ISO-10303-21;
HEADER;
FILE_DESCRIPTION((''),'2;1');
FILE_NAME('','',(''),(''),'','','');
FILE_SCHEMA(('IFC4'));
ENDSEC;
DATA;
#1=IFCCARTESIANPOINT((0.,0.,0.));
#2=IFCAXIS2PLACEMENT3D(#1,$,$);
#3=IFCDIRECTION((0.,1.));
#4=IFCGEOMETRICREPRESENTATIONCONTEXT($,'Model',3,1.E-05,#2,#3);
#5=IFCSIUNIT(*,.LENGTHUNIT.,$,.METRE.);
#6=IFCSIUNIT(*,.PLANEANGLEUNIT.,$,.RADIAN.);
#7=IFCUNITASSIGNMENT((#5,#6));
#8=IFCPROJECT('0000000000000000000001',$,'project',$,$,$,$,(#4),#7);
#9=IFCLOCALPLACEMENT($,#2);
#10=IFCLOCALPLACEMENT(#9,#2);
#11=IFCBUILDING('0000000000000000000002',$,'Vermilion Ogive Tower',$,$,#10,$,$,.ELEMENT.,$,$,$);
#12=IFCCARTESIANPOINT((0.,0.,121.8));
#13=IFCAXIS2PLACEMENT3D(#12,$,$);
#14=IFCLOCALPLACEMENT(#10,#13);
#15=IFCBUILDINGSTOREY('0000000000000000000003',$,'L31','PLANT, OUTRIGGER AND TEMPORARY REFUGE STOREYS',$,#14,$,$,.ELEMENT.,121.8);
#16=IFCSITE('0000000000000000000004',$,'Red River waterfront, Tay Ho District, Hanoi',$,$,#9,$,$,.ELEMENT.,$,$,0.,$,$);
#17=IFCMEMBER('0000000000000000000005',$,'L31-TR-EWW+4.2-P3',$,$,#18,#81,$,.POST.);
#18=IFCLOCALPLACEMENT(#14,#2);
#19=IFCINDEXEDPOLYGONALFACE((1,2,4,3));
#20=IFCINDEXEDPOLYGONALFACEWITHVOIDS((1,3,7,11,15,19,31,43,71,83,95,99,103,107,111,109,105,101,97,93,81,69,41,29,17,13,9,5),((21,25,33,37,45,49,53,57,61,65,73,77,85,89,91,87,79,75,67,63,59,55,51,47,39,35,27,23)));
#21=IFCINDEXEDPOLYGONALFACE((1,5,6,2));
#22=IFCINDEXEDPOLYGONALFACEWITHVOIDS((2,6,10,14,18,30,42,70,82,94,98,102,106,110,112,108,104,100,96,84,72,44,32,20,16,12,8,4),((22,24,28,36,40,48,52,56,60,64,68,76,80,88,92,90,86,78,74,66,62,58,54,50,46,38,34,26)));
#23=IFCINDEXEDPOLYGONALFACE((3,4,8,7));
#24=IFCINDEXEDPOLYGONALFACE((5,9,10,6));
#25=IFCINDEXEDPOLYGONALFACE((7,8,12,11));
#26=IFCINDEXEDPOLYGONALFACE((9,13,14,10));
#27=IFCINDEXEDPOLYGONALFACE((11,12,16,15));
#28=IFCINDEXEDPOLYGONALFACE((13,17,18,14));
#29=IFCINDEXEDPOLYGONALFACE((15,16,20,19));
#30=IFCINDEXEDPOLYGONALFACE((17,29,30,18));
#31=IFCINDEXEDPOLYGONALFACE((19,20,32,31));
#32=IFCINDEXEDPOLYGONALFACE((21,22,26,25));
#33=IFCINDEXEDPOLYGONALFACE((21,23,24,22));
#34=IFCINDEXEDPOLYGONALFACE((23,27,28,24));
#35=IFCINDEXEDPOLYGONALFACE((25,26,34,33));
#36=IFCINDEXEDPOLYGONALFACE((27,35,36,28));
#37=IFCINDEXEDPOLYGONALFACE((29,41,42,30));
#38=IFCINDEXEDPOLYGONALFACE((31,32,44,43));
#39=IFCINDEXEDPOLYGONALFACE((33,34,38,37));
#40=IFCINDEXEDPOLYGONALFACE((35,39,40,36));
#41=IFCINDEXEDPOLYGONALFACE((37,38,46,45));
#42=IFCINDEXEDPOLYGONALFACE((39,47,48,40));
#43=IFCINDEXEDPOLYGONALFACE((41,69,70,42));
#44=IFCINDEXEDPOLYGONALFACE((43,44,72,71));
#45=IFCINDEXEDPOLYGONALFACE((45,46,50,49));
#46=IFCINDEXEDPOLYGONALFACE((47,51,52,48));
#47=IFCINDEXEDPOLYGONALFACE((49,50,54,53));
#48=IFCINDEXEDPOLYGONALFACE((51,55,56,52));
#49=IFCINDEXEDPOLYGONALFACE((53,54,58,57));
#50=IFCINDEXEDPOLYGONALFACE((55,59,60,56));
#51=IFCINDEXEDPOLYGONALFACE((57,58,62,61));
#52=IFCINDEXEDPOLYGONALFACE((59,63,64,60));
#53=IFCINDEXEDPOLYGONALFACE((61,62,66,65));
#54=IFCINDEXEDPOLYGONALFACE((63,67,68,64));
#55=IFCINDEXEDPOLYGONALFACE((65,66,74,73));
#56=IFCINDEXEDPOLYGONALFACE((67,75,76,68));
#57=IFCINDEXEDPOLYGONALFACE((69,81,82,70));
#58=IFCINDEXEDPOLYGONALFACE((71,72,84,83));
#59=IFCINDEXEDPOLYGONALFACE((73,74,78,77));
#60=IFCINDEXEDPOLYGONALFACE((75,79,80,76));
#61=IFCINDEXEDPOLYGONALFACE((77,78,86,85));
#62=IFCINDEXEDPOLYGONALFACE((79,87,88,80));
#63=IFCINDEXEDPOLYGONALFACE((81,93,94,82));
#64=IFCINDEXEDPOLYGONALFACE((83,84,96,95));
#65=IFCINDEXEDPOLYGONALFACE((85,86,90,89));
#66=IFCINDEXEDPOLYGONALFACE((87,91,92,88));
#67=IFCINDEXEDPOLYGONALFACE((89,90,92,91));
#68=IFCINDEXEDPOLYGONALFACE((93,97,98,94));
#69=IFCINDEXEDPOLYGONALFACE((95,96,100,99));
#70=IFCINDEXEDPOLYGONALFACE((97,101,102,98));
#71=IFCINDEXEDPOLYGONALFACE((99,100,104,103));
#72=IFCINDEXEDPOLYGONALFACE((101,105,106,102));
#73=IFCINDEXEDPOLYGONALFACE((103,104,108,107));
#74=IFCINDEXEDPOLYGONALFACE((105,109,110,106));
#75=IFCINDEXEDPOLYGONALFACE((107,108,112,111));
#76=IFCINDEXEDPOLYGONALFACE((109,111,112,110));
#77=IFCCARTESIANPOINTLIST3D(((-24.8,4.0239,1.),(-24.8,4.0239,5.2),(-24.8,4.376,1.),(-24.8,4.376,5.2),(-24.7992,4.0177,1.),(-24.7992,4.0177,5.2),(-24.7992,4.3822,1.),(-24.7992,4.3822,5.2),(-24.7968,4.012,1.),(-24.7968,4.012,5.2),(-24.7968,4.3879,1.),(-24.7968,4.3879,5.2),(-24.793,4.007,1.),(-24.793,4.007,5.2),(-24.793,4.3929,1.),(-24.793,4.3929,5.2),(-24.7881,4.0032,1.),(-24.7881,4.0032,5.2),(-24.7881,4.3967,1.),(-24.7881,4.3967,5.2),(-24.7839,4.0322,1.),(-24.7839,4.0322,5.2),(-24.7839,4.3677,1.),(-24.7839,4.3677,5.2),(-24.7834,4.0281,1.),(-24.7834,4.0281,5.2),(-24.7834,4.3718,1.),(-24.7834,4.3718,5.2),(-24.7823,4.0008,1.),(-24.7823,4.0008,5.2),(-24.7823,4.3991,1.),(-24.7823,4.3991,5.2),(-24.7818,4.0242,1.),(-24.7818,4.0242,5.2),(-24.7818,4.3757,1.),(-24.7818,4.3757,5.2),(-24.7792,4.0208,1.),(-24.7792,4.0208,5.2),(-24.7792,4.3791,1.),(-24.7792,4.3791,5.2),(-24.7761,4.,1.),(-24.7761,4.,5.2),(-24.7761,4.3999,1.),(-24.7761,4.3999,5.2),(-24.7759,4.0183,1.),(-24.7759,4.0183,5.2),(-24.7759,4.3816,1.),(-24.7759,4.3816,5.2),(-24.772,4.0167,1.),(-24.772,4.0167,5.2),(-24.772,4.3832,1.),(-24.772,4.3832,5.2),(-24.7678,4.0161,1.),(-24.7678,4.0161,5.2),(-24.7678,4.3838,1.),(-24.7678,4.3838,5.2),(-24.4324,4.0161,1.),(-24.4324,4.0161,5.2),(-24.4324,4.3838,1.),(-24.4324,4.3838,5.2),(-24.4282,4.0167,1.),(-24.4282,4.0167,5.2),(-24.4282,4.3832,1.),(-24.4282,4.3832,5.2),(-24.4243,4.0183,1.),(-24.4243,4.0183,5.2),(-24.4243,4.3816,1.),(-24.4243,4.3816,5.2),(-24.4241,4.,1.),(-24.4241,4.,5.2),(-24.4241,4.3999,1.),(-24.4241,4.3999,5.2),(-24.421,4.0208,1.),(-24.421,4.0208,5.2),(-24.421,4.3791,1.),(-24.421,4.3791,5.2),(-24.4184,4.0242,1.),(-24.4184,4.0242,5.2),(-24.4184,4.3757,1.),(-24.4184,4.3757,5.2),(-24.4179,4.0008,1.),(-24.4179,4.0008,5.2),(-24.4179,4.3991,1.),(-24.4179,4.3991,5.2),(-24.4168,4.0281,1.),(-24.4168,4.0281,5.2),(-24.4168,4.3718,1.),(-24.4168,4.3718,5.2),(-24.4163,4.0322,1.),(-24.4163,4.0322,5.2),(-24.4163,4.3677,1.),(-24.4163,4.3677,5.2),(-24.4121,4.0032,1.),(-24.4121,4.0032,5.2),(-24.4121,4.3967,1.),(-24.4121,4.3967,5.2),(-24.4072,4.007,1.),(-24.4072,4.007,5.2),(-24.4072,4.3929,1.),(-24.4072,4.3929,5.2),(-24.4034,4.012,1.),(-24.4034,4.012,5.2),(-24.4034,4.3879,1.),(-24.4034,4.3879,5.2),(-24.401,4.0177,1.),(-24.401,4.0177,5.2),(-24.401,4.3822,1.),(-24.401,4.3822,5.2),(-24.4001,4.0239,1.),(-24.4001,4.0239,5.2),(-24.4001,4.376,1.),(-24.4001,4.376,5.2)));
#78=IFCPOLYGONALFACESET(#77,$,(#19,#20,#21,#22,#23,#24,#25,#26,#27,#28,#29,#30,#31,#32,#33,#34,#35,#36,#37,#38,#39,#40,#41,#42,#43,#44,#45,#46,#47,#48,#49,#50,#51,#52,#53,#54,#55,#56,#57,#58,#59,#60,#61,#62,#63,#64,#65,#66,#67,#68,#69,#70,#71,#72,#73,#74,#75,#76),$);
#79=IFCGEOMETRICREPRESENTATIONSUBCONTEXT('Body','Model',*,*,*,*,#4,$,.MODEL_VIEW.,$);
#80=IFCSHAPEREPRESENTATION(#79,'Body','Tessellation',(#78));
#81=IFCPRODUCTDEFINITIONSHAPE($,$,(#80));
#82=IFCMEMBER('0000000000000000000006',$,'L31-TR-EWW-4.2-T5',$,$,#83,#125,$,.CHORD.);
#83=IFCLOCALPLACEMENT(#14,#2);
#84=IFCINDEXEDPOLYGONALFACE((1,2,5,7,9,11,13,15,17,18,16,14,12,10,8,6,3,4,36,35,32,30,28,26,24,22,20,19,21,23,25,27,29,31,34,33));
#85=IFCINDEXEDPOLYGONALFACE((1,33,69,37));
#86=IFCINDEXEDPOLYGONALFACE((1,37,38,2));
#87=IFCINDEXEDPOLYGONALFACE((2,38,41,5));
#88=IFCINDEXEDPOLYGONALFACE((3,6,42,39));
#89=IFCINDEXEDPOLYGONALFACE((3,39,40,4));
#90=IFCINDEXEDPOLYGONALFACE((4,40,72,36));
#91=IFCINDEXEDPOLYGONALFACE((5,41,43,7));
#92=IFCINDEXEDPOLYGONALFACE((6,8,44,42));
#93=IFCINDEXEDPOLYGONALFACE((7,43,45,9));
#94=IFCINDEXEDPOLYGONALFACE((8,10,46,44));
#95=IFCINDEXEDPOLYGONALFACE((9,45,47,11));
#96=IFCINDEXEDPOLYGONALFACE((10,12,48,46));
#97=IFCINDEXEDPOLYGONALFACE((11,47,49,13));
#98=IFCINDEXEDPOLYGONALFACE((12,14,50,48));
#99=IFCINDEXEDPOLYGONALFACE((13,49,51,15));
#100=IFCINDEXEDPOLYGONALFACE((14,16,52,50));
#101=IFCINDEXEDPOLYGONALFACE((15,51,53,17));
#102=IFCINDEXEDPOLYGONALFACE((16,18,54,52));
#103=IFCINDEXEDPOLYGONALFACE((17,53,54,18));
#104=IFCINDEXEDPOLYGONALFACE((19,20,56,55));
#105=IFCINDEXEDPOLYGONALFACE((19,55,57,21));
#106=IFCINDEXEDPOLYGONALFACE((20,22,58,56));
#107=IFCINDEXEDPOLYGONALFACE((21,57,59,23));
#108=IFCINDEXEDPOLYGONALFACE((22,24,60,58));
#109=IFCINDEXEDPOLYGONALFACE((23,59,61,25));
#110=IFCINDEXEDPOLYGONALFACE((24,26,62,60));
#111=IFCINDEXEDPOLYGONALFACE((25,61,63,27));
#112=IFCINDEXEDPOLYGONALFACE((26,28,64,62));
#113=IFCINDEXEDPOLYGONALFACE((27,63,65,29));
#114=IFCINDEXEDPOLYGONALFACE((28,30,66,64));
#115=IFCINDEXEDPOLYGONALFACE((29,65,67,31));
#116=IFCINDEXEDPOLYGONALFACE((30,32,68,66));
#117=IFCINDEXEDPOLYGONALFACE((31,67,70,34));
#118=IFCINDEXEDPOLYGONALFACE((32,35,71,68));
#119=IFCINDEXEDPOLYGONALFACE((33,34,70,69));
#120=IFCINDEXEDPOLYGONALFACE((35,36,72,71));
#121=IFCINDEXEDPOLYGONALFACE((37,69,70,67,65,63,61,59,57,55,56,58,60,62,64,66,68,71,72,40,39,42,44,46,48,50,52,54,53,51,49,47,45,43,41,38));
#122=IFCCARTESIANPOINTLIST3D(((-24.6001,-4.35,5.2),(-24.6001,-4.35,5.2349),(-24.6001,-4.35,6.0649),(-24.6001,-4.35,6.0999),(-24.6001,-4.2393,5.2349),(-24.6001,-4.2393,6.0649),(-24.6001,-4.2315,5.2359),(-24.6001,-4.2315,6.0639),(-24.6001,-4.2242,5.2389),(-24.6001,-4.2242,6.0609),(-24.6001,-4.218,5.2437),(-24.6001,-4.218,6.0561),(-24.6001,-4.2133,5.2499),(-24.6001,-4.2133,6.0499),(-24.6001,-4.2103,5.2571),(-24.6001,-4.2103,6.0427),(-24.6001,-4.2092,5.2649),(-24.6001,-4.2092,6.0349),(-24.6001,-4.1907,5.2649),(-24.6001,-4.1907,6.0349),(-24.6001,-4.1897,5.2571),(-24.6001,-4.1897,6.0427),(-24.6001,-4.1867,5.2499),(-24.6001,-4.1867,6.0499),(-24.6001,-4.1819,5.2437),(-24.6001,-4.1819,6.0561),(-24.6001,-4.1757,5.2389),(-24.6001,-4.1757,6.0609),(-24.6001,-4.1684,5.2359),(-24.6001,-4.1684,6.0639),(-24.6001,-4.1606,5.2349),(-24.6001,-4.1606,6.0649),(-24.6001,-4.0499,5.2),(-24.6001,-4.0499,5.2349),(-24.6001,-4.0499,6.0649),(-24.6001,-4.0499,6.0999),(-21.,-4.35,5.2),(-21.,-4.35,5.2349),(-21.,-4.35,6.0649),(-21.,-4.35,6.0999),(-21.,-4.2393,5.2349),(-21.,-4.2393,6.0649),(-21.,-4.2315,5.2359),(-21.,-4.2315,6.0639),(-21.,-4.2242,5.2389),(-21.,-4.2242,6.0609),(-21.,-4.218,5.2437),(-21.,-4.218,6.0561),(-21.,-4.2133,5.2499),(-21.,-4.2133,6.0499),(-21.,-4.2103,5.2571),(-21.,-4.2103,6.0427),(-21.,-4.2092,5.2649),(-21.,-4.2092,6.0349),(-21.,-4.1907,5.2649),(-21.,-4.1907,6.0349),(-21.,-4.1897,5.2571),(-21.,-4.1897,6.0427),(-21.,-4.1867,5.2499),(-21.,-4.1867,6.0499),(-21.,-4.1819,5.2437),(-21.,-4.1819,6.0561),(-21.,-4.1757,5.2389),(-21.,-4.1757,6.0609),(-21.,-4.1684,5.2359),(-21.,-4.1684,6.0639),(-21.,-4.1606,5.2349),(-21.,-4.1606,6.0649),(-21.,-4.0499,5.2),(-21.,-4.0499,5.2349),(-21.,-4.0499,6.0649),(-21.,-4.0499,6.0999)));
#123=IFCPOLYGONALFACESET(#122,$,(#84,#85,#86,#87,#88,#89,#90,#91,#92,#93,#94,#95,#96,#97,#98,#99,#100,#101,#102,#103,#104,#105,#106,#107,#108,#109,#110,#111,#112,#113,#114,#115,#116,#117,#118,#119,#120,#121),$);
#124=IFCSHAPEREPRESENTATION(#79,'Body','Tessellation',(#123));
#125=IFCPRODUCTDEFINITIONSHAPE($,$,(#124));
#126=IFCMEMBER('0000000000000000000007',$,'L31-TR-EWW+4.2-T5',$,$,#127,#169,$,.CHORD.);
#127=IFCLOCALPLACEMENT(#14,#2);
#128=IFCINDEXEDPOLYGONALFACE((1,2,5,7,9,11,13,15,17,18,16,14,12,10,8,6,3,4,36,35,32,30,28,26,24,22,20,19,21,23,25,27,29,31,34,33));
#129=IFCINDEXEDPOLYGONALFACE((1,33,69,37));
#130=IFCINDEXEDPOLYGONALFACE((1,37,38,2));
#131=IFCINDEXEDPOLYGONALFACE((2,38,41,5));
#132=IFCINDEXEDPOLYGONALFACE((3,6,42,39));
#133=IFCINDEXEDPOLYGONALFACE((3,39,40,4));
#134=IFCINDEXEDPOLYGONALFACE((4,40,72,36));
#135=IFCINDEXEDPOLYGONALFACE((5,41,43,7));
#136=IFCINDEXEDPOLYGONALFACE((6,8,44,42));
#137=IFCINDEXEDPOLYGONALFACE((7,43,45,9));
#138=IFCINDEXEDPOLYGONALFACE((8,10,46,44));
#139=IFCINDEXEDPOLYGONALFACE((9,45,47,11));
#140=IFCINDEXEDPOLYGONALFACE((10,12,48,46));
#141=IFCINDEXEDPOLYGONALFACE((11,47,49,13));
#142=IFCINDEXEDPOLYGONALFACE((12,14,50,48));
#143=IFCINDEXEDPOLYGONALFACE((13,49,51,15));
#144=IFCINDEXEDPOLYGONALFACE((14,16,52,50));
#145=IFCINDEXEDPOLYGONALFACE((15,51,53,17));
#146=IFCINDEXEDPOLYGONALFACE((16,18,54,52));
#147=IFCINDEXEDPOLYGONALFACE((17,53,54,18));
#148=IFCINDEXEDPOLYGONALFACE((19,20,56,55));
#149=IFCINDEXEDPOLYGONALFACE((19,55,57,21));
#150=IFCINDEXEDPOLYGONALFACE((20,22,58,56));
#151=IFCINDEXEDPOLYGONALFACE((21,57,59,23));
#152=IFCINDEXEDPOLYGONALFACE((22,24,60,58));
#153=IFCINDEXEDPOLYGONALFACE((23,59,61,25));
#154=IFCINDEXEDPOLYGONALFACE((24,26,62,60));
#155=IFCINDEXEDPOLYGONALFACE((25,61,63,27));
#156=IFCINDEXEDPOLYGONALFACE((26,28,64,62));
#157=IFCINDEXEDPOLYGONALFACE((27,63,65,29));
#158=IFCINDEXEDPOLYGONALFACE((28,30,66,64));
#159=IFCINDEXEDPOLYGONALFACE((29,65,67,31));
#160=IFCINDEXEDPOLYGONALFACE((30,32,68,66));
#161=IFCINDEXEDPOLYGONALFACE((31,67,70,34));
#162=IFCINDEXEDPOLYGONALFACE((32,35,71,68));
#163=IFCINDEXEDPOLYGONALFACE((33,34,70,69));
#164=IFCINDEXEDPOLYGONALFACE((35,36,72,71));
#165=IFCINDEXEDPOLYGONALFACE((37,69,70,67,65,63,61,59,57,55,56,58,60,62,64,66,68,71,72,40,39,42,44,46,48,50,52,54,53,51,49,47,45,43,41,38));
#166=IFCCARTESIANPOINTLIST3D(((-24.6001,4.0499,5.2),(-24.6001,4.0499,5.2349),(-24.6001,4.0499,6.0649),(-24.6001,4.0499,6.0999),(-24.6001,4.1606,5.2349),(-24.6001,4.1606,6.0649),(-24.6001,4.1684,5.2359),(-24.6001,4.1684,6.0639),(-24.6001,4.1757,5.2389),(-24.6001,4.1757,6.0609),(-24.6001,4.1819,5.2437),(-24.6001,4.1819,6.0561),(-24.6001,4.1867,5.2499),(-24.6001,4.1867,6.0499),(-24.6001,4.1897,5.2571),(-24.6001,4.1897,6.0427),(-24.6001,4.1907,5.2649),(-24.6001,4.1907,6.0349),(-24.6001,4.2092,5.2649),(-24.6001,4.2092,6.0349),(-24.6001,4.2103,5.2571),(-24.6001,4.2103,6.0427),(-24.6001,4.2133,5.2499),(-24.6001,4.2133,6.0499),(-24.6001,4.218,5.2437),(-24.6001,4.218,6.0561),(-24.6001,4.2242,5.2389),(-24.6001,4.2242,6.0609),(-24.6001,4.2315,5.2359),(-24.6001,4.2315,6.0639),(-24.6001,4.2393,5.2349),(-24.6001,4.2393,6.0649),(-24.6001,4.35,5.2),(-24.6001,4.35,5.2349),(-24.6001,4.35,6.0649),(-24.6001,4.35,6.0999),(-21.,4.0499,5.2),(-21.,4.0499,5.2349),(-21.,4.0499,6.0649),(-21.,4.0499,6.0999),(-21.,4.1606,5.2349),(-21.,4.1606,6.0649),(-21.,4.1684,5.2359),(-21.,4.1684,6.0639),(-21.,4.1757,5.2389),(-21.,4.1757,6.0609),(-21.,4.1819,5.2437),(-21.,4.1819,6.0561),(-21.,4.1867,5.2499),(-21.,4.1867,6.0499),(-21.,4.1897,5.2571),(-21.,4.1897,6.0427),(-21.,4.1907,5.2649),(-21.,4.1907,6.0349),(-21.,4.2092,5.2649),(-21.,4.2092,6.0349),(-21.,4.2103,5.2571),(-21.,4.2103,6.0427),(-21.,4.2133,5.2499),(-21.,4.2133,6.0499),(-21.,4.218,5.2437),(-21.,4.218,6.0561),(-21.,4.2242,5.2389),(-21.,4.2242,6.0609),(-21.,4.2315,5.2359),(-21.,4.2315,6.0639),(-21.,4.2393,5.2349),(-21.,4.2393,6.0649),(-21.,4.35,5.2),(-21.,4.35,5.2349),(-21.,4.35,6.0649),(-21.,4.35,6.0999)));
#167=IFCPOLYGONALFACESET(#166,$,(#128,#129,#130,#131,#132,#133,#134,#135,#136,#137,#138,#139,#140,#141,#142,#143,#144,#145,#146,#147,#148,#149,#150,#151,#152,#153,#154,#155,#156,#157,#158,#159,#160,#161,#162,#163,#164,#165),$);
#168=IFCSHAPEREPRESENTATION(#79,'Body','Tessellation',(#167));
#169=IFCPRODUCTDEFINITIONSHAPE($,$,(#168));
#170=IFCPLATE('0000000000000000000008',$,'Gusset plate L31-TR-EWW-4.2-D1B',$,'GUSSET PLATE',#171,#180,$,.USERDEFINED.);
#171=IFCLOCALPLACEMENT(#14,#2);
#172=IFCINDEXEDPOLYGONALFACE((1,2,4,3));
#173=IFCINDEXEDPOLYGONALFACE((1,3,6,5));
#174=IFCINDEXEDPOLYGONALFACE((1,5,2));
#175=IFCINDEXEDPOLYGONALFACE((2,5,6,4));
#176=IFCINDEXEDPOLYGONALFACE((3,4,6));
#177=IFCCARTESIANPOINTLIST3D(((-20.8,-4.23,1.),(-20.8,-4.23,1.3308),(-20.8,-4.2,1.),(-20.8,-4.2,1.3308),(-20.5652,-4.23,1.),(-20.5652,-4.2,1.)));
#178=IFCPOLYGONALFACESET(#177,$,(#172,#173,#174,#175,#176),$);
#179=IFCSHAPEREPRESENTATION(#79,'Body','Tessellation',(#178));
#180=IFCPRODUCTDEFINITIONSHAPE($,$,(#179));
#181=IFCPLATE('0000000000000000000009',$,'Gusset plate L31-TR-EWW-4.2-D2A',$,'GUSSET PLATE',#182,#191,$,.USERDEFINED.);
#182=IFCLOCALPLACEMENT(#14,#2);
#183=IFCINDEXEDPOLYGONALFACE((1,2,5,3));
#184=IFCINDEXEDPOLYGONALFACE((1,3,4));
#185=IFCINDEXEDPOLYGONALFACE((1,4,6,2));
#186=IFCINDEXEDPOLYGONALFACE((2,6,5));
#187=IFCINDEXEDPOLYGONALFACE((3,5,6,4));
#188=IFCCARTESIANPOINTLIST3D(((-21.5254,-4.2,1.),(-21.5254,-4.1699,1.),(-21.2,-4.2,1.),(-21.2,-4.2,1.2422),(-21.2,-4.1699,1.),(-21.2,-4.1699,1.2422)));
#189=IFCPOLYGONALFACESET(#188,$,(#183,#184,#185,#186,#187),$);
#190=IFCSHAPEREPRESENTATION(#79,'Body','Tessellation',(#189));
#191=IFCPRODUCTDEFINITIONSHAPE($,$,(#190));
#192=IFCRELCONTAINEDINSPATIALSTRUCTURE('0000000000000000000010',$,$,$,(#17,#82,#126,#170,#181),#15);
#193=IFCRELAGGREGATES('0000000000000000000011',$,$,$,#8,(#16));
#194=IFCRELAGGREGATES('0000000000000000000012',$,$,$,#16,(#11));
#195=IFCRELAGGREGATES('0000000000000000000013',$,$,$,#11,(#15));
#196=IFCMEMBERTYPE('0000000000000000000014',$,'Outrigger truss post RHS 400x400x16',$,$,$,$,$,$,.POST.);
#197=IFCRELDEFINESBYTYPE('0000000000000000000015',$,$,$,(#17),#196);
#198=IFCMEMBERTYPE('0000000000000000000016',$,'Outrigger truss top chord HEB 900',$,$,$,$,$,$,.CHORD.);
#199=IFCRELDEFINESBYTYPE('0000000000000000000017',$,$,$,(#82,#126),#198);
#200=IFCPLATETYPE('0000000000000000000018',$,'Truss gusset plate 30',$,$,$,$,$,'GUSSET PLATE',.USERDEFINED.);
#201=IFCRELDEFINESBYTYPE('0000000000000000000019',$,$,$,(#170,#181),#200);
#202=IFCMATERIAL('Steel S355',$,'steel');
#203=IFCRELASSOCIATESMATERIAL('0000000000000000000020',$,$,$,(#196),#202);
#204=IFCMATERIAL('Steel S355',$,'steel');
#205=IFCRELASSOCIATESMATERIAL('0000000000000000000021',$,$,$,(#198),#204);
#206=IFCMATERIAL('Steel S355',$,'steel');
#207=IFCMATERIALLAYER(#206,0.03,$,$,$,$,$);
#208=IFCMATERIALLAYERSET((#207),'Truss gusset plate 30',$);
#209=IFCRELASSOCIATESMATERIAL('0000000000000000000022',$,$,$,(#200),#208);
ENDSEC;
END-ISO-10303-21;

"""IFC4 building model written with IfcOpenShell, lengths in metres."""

from ifc_helpers import new_model, si_unit, direction, frame, origin, origin_2d, place, context, subcontext, project, spatial, polyline, hollow_rectangle, i_section, outline, extrude, material, layer, layer_set, material_profile, profile_set, type_object, element, save


model = new_model("IFC4")

# Units and contexts
model_context = context("Model", 3, precision=1e-05, world=origin(), true_north=direction((0.0, 1.0)))
body_context = subcontext(model_context, "Body", "Model", "MODEL_VIEW")
ifc_project = project(units=[si_unit("LENGTHUNIT", "METRE"), si_unit("PLANEANGLEUNIT", "RADIAN")], contexts=[model_context])

# Site, building, storey
site_placement = place(None, origin())
site = spatial("IfcSite", under=ifc_project, at=site_placement, Name="Red River waterfront, Tay Ho District, Hanoi", CompositionType="ELEMENT", RefElevation=0.0)
building_placement = place(site_placement, origin())
building = spatial("IfcBuilding", under=site, at=building_placement, Name="Vermilion Ogive Tower", CompositionType="ELEMENT")
storey_placement = place(building_placement, frame((0.0, 0.0, 121.8)))
storey = spatial("IfcBuildingStorey", under=building, at=storey_placement, Name="L31", Description="PLANT, OUTRIGGER AND TEMPORARY REFUGE STOREYS", CompositionType="ELEMENT", Elevation=121.8)

# Members
ifc_material_1 = material(Name="Steel S355", Category="steel")
ifc_material_profile_1 = material_profile(ifc_material_1, hollow_rectangle(XDim=0.3999, YDim=0.3999, WallThickness=0.0161, InnerFilletRadius=0.0161, OuterFilletRadius=0.0239, at=origin_2d()), Name="RHS 400x400x16")
ifc_profile_set_1 = profile_set([ifc_material_profile_1], Name="Steel S355")
member_type_1 = type_object("IfcMemberType", Name="Outrigger truss post RHS 400x400x16", PredefinedType="POST", material=ifc_profile_set_1)
for number, where, z_axis, x_axis, name in (
    (1, (-24.6001, 4.2, 1.0), (0.0, 0.0, 1.0), (1.0, 0.0, 0.0), "L31-TR-EWW+4.2-P3"),
):
    element("IfcMember", number, at=place(storey_placement, frame(where, z_axis=z_axis, x_axis=x_axis)), inside=storey, type_object=member_type_1, Name=name, PredefinedType="POST", context=body_context, shape_type="SweptSolid", body=[
        extrude(hollow_rectangle(XDim=0.3999, YDim=0.3999, WallThickness=0.0161, InnerFilletRadius=0.0161, OuterFilletRadius=0.0239, at=origin_2d()), origin(), (0.0, 0.0, 1.0), 4.2),
    ])
ifc_material_2 = material(Name="Steel S355", Category="steel")
ifc_material_profile_2 = material_profile(ifc_material_2, i_section(OverallWidth=0.3, OverallDepth=0.8999, WebThickness=0.0186, FlangeThickness=0.0349, FilletRadius=0.03, at=origin_2d()), Name="HEB 900")
ifc_profile_set_2 = profile_set([ifc_material_profile_2], Name="Steel S355")
member_type_2 = type_object("IfcMemberType", Name="Outrigger truss top chord HEB 900", PredefinedType="CHORD", material=ifc_profile_set_2)
for number, where, z_axis, x_axis, name in (
    (2, (-21.0, -4.2, 5.6499), (-1.0, 0.0, 0.0), (0.0, -1.0, 0.0), "L31-TR-EWW-4.2-T5"),
    (3, (-21.0, 4.2, 5.6499), (-1.0, 0.0, 0.0), (0.0, -1.0, 0.0), "L31-TR-EWW+4.2-T5"),
):
    element("IfcMember", number, at=place(storey_placement, frame(where, z_axis=z_axis, x_axis=x_axis)), inside=storey, type_object=member_type_2, Name=name, PredefinedType="CHORD", context=body_context, shape_type="SweptSolid", body=[
        extrude(i_section(OverallWidth=0.3, OverallDepth=0.8999, WebThickness=0.0186, FlangeThickness=0.0349, FilletRadius=0.03, at=origin_2d()), origin(), (0.0, 0.0, 1.0), 3.6001),
    ])

# Plates
ifc_material_3 = material(Name="Steel S355", Category="steel")
ifc_layer_1 = layer(ifc_material_3, 0.03)
ifc_layer_set_1 = layer_set([ifc_layer_1], Name="Truss gusset plate 30")
plate_type = type_object("IfcPlateType", Name="Truss gusset plate 30", ElementType="GUSSET PLATE", PredefinedType="USERDEFINED", material=ifc_layer_set_1)
plate_1_placement = place(storey_placement, frame((-20.8, -4.2, 1.3308), z_axis=(0.0, 1.0, 0.0), x_axis=(0.578902, 0.0, -0.815397)))
element("IfcPlate", 4, at=plate_1_placement, inside=storey, type_object=plate_type, Name="Gusset plate L31-TR-EWW-4.2-D1B", ObjectType="GUSSET PLATE", PredefinedType="USERDEFINED", context=body_context, shape_type="SweptSolid", body=[
    extrude(outline(polyline([(0.0, 0.0), (0.4057, 0.0), (0.2697, 0.1915), (0.0, 0.0)])), origin(), (0.0, 0.0, -1.0), 0.03),
])
for number, where, z_axis, x_axis, name in (
    (5, (-21.2, -4.2, 1.2422), (0.0, -1.0, 0.0), (-0.802233, 0.0, -0.597011), "Gusset plate L31-TR-EWW-4.2-D2A"),
):
    element("IfcPlate", number, at=place(storey_placement, frame(where, z_axis=z_axis, x_axis=x_axis)), inside=storey, type_object=plate_type, Name=name, ObjectType="GUSSET PLATE", PredefinedType="USERDEFINED", context=body_context, shape_type="SweptSolid", body=[
        extrude(outline(polyline([(0.0, 0.0), (0.4057, 0.0), (0.1446, 0.1943), (0.0, 0.0)])), origin(), (0.0, 0.0, -1.0), 0.03),
    ])

save(model, "model.ifc")
